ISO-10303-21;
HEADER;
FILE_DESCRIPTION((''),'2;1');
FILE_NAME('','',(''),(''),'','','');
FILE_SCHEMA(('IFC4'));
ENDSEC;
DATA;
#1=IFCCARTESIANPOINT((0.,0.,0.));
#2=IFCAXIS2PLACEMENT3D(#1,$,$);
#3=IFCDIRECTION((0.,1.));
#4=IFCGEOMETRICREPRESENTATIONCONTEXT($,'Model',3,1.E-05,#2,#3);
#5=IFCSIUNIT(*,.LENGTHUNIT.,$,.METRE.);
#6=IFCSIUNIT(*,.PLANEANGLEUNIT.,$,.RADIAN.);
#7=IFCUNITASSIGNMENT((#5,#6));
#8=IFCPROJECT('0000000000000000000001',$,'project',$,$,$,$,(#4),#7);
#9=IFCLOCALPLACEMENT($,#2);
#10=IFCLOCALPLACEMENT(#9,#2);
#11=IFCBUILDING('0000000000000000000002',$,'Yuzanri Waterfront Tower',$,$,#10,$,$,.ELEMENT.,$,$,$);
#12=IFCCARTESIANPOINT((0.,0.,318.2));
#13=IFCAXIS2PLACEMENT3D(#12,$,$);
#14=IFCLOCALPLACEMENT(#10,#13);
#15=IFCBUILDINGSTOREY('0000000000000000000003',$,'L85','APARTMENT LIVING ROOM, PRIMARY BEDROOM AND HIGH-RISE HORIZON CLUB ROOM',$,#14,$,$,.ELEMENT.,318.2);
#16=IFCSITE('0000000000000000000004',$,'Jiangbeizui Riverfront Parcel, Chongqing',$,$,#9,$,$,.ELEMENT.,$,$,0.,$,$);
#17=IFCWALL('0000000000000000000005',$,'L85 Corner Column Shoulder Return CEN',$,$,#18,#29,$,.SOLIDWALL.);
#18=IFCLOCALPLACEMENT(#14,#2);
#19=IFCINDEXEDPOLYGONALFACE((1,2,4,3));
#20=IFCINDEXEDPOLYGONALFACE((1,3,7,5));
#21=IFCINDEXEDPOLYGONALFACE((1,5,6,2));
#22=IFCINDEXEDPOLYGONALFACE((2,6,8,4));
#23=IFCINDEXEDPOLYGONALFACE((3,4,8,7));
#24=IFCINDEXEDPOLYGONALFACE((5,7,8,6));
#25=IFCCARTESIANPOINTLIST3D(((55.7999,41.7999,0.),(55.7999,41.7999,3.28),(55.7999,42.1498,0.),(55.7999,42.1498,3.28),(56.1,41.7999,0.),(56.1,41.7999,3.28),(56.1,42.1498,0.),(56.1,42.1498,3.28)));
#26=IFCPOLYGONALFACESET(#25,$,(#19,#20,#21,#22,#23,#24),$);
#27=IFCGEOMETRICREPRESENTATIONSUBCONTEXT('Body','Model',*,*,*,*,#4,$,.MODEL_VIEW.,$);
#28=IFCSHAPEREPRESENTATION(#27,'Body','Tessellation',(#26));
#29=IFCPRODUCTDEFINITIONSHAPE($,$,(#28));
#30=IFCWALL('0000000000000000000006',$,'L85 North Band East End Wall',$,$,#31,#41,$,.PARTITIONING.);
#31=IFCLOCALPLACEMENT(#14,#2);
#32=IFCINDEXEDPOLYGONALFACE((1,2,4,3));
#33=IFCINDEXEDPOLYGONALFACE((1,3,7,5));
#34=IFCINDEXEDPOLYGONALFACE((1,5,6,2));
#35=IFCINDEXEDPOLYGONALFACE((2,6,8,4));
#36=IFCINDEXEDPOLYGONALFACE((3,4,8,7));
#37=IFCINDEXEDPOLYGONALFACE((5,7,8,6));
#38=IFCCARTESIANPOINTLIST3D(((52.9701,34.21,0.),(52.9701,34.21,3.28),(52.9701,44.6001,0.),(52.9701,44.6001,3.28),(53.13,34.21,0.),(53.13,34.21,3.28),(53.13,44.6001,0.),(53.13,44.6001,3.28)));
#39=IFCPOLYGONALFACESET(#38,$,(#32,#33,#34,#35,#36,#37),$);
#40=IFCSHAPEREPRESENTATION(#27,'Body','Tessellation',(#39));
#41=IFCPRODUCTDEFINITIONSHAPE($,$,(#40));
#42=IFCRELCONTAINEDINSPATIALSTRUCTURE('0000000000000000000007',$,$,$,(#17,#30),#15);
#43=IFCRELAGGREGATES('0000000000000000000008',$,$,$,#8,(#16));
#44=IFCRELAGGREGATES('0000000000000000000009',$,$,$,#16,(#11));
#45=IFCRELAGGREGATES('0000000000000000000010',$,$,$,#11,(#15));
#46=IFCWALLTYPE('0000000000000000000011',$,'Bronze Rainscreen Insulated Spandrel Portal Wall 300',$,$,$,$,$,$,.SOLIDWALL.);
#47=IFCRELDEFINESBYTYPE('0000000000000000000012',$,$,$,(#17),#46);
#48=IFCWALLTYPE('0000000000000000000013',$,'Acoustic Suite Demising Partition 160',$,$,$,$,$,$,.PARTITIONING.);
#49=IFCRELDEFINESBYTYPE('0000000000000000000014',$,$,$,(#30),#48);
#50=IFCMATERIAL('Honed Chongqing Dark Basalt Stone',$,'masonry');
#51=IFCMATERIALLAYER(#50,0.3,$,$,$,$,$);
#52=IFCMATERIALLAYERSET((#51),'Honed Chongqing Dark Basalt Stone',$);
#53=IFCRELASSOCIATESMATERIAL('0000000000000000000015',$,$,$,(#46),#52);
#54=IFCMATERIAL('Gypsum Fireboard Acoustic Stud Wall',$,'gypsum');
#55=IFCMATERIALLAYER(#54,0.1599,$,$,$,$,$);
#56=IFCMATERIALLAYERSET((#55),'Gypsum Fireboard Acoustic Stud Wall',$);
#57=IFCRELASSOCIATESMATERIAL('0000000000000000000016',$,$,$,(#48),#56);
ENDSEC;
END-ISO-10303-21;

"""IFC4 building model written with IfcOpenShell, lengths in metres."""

from ifc_helpers import new_model, si_unit, direction, frame, frame_2d, origin, place, context, subcontext, project, spatial, rectangle, extrude, source, transform, mapped, material, layer, layer_set, type_object, element, save


model = new_model("IFC4")

# Units and contexts
model_context = context("Model", 3, precision=1e-05, world=origin(), true_north=direction((0.0, 1.0)))
body_context = subcontext(model_context, "Body", "Model", "MODEL_VIEW")
ifc_project = project(units=[si_unit("LENGTHUNIT", "METRE"), si_unit("PLANEANGLEUNIT", "RADIAN")], contexts=[model_context])

# Site, building, storey
site_placement = place(None, origin())
site = spatial("IfcSite", under=ifc_project, at=site_placement, Name="Jiangbeizui Riverfront Parcel, Chongqing", CompositionType="ELEMENT", RefElevation=0.0)
building_placement = place(site_placement, origin())
building = spatial("IfcBuilding", under=site, at=building_placement, Name="Yuzanri Waterfront Tower", CompositionType="ELEMENT")
storey_placement = place(building_placement, frame((0.0, 0.0, 318.2)))
storey = spatial("IfcBuildingStorey", under=building, at=storey_placement, Name="L85", Description="APARTMENT LIVING ROOM, PRIMARY BEDROOM AND HIGH-RISE HORIZON CLUB ROOM", CompositionType="ELEMENT", Elevation=318.2)

# Shared definitions
ifc_material_1 = material(Name="Honed Chongqing Dark Basalt Stone", Category="masonry")
ifc_layer_1 = layer(ifc_material_1, 0.3)
ifc_layer_set_1 = layer_set([ifc_layer_1], Name="Honed Chongqing Dark Basalt Stone")
wall_type_1 = type_object("IfcWallType", Name="Bronze Rainscreen Insulated Spandrel Portal Wall 300", PredefinedType="SOLIDWALL", material=ifc_layer_set_1)

# Walls
shared_shape_1 = source(origin(), body_context, "Body", "SweptSolid", [
    extrude(rectangle(XDim=0.3499, YDim=0.3, at=frame_2d((0.1748, 0.0))), origin(), (0.0, 0.0, 1.0), 3.28),
])
wall_1_placement = place(storey_placement, frame((55.95, 41.8, 0.0), z_axis=(0.0, 0.0, 1.0), x_axis=(0.0, 1.0, 0.0)))
element("IfcWall", 1, at=wall_1_placement, inside=storey, type_object=wall_type_1, Name="L85 Corner Column Shoulder Return CEN", PredefinedType="SOLIDWALL", context=body_context, shape_type="MappedRepresentation", body=[
    mapped(shared_shape_1, transform((0.0, 0.0, 0.0), scale=1.0)),
])
ifc_material_2 = material(Name="Gypsum Fireboard Acoustic Stud Wall", Category="gypsum")
ifc_layer_2 = layer(ifc_material_2, 0.1599)
ifc_layer_set_2 = layer_set([ifc_layer_2], Name="Gypsum Fireboard Acoustic Stud Wall")
wall_type_2 = type_object("IfcWallType", Name="Acoustic Suite Demising Partition 160", PredefinedType="PARTITIONING", material=ifc_layer_set_2)
shared_shape_2 = source(origin(), body_context, "Body", "SweptSolid", [
    extrude(rectangle(XDim=10.3901, YDim=0.1599, at=frame_2d((5.1951, 0.0))), origin(), (0.0, 0.0, 1.0), 3.28),
])
wall_2_placement = place(storey_placement, frame((53.05, 34.21, 0.0), z_axis=(0.0, 0.0, 1.0), x_axis=(0.0, 1.0, 0.0)))
element("IfcWall", 2, at=wall_2_placement, inside=storey, type_object=wall_type_2, Name="L85 North Band East End Wall", PredefinedType="PARTITIONING", context=body_context, shape_type="MappedRepresentation", body=[
    mapped(shared_shape_2, transform((0.0, 0.0, 0.0), scale=1.0)),
])

save(model, "model.ifc")
